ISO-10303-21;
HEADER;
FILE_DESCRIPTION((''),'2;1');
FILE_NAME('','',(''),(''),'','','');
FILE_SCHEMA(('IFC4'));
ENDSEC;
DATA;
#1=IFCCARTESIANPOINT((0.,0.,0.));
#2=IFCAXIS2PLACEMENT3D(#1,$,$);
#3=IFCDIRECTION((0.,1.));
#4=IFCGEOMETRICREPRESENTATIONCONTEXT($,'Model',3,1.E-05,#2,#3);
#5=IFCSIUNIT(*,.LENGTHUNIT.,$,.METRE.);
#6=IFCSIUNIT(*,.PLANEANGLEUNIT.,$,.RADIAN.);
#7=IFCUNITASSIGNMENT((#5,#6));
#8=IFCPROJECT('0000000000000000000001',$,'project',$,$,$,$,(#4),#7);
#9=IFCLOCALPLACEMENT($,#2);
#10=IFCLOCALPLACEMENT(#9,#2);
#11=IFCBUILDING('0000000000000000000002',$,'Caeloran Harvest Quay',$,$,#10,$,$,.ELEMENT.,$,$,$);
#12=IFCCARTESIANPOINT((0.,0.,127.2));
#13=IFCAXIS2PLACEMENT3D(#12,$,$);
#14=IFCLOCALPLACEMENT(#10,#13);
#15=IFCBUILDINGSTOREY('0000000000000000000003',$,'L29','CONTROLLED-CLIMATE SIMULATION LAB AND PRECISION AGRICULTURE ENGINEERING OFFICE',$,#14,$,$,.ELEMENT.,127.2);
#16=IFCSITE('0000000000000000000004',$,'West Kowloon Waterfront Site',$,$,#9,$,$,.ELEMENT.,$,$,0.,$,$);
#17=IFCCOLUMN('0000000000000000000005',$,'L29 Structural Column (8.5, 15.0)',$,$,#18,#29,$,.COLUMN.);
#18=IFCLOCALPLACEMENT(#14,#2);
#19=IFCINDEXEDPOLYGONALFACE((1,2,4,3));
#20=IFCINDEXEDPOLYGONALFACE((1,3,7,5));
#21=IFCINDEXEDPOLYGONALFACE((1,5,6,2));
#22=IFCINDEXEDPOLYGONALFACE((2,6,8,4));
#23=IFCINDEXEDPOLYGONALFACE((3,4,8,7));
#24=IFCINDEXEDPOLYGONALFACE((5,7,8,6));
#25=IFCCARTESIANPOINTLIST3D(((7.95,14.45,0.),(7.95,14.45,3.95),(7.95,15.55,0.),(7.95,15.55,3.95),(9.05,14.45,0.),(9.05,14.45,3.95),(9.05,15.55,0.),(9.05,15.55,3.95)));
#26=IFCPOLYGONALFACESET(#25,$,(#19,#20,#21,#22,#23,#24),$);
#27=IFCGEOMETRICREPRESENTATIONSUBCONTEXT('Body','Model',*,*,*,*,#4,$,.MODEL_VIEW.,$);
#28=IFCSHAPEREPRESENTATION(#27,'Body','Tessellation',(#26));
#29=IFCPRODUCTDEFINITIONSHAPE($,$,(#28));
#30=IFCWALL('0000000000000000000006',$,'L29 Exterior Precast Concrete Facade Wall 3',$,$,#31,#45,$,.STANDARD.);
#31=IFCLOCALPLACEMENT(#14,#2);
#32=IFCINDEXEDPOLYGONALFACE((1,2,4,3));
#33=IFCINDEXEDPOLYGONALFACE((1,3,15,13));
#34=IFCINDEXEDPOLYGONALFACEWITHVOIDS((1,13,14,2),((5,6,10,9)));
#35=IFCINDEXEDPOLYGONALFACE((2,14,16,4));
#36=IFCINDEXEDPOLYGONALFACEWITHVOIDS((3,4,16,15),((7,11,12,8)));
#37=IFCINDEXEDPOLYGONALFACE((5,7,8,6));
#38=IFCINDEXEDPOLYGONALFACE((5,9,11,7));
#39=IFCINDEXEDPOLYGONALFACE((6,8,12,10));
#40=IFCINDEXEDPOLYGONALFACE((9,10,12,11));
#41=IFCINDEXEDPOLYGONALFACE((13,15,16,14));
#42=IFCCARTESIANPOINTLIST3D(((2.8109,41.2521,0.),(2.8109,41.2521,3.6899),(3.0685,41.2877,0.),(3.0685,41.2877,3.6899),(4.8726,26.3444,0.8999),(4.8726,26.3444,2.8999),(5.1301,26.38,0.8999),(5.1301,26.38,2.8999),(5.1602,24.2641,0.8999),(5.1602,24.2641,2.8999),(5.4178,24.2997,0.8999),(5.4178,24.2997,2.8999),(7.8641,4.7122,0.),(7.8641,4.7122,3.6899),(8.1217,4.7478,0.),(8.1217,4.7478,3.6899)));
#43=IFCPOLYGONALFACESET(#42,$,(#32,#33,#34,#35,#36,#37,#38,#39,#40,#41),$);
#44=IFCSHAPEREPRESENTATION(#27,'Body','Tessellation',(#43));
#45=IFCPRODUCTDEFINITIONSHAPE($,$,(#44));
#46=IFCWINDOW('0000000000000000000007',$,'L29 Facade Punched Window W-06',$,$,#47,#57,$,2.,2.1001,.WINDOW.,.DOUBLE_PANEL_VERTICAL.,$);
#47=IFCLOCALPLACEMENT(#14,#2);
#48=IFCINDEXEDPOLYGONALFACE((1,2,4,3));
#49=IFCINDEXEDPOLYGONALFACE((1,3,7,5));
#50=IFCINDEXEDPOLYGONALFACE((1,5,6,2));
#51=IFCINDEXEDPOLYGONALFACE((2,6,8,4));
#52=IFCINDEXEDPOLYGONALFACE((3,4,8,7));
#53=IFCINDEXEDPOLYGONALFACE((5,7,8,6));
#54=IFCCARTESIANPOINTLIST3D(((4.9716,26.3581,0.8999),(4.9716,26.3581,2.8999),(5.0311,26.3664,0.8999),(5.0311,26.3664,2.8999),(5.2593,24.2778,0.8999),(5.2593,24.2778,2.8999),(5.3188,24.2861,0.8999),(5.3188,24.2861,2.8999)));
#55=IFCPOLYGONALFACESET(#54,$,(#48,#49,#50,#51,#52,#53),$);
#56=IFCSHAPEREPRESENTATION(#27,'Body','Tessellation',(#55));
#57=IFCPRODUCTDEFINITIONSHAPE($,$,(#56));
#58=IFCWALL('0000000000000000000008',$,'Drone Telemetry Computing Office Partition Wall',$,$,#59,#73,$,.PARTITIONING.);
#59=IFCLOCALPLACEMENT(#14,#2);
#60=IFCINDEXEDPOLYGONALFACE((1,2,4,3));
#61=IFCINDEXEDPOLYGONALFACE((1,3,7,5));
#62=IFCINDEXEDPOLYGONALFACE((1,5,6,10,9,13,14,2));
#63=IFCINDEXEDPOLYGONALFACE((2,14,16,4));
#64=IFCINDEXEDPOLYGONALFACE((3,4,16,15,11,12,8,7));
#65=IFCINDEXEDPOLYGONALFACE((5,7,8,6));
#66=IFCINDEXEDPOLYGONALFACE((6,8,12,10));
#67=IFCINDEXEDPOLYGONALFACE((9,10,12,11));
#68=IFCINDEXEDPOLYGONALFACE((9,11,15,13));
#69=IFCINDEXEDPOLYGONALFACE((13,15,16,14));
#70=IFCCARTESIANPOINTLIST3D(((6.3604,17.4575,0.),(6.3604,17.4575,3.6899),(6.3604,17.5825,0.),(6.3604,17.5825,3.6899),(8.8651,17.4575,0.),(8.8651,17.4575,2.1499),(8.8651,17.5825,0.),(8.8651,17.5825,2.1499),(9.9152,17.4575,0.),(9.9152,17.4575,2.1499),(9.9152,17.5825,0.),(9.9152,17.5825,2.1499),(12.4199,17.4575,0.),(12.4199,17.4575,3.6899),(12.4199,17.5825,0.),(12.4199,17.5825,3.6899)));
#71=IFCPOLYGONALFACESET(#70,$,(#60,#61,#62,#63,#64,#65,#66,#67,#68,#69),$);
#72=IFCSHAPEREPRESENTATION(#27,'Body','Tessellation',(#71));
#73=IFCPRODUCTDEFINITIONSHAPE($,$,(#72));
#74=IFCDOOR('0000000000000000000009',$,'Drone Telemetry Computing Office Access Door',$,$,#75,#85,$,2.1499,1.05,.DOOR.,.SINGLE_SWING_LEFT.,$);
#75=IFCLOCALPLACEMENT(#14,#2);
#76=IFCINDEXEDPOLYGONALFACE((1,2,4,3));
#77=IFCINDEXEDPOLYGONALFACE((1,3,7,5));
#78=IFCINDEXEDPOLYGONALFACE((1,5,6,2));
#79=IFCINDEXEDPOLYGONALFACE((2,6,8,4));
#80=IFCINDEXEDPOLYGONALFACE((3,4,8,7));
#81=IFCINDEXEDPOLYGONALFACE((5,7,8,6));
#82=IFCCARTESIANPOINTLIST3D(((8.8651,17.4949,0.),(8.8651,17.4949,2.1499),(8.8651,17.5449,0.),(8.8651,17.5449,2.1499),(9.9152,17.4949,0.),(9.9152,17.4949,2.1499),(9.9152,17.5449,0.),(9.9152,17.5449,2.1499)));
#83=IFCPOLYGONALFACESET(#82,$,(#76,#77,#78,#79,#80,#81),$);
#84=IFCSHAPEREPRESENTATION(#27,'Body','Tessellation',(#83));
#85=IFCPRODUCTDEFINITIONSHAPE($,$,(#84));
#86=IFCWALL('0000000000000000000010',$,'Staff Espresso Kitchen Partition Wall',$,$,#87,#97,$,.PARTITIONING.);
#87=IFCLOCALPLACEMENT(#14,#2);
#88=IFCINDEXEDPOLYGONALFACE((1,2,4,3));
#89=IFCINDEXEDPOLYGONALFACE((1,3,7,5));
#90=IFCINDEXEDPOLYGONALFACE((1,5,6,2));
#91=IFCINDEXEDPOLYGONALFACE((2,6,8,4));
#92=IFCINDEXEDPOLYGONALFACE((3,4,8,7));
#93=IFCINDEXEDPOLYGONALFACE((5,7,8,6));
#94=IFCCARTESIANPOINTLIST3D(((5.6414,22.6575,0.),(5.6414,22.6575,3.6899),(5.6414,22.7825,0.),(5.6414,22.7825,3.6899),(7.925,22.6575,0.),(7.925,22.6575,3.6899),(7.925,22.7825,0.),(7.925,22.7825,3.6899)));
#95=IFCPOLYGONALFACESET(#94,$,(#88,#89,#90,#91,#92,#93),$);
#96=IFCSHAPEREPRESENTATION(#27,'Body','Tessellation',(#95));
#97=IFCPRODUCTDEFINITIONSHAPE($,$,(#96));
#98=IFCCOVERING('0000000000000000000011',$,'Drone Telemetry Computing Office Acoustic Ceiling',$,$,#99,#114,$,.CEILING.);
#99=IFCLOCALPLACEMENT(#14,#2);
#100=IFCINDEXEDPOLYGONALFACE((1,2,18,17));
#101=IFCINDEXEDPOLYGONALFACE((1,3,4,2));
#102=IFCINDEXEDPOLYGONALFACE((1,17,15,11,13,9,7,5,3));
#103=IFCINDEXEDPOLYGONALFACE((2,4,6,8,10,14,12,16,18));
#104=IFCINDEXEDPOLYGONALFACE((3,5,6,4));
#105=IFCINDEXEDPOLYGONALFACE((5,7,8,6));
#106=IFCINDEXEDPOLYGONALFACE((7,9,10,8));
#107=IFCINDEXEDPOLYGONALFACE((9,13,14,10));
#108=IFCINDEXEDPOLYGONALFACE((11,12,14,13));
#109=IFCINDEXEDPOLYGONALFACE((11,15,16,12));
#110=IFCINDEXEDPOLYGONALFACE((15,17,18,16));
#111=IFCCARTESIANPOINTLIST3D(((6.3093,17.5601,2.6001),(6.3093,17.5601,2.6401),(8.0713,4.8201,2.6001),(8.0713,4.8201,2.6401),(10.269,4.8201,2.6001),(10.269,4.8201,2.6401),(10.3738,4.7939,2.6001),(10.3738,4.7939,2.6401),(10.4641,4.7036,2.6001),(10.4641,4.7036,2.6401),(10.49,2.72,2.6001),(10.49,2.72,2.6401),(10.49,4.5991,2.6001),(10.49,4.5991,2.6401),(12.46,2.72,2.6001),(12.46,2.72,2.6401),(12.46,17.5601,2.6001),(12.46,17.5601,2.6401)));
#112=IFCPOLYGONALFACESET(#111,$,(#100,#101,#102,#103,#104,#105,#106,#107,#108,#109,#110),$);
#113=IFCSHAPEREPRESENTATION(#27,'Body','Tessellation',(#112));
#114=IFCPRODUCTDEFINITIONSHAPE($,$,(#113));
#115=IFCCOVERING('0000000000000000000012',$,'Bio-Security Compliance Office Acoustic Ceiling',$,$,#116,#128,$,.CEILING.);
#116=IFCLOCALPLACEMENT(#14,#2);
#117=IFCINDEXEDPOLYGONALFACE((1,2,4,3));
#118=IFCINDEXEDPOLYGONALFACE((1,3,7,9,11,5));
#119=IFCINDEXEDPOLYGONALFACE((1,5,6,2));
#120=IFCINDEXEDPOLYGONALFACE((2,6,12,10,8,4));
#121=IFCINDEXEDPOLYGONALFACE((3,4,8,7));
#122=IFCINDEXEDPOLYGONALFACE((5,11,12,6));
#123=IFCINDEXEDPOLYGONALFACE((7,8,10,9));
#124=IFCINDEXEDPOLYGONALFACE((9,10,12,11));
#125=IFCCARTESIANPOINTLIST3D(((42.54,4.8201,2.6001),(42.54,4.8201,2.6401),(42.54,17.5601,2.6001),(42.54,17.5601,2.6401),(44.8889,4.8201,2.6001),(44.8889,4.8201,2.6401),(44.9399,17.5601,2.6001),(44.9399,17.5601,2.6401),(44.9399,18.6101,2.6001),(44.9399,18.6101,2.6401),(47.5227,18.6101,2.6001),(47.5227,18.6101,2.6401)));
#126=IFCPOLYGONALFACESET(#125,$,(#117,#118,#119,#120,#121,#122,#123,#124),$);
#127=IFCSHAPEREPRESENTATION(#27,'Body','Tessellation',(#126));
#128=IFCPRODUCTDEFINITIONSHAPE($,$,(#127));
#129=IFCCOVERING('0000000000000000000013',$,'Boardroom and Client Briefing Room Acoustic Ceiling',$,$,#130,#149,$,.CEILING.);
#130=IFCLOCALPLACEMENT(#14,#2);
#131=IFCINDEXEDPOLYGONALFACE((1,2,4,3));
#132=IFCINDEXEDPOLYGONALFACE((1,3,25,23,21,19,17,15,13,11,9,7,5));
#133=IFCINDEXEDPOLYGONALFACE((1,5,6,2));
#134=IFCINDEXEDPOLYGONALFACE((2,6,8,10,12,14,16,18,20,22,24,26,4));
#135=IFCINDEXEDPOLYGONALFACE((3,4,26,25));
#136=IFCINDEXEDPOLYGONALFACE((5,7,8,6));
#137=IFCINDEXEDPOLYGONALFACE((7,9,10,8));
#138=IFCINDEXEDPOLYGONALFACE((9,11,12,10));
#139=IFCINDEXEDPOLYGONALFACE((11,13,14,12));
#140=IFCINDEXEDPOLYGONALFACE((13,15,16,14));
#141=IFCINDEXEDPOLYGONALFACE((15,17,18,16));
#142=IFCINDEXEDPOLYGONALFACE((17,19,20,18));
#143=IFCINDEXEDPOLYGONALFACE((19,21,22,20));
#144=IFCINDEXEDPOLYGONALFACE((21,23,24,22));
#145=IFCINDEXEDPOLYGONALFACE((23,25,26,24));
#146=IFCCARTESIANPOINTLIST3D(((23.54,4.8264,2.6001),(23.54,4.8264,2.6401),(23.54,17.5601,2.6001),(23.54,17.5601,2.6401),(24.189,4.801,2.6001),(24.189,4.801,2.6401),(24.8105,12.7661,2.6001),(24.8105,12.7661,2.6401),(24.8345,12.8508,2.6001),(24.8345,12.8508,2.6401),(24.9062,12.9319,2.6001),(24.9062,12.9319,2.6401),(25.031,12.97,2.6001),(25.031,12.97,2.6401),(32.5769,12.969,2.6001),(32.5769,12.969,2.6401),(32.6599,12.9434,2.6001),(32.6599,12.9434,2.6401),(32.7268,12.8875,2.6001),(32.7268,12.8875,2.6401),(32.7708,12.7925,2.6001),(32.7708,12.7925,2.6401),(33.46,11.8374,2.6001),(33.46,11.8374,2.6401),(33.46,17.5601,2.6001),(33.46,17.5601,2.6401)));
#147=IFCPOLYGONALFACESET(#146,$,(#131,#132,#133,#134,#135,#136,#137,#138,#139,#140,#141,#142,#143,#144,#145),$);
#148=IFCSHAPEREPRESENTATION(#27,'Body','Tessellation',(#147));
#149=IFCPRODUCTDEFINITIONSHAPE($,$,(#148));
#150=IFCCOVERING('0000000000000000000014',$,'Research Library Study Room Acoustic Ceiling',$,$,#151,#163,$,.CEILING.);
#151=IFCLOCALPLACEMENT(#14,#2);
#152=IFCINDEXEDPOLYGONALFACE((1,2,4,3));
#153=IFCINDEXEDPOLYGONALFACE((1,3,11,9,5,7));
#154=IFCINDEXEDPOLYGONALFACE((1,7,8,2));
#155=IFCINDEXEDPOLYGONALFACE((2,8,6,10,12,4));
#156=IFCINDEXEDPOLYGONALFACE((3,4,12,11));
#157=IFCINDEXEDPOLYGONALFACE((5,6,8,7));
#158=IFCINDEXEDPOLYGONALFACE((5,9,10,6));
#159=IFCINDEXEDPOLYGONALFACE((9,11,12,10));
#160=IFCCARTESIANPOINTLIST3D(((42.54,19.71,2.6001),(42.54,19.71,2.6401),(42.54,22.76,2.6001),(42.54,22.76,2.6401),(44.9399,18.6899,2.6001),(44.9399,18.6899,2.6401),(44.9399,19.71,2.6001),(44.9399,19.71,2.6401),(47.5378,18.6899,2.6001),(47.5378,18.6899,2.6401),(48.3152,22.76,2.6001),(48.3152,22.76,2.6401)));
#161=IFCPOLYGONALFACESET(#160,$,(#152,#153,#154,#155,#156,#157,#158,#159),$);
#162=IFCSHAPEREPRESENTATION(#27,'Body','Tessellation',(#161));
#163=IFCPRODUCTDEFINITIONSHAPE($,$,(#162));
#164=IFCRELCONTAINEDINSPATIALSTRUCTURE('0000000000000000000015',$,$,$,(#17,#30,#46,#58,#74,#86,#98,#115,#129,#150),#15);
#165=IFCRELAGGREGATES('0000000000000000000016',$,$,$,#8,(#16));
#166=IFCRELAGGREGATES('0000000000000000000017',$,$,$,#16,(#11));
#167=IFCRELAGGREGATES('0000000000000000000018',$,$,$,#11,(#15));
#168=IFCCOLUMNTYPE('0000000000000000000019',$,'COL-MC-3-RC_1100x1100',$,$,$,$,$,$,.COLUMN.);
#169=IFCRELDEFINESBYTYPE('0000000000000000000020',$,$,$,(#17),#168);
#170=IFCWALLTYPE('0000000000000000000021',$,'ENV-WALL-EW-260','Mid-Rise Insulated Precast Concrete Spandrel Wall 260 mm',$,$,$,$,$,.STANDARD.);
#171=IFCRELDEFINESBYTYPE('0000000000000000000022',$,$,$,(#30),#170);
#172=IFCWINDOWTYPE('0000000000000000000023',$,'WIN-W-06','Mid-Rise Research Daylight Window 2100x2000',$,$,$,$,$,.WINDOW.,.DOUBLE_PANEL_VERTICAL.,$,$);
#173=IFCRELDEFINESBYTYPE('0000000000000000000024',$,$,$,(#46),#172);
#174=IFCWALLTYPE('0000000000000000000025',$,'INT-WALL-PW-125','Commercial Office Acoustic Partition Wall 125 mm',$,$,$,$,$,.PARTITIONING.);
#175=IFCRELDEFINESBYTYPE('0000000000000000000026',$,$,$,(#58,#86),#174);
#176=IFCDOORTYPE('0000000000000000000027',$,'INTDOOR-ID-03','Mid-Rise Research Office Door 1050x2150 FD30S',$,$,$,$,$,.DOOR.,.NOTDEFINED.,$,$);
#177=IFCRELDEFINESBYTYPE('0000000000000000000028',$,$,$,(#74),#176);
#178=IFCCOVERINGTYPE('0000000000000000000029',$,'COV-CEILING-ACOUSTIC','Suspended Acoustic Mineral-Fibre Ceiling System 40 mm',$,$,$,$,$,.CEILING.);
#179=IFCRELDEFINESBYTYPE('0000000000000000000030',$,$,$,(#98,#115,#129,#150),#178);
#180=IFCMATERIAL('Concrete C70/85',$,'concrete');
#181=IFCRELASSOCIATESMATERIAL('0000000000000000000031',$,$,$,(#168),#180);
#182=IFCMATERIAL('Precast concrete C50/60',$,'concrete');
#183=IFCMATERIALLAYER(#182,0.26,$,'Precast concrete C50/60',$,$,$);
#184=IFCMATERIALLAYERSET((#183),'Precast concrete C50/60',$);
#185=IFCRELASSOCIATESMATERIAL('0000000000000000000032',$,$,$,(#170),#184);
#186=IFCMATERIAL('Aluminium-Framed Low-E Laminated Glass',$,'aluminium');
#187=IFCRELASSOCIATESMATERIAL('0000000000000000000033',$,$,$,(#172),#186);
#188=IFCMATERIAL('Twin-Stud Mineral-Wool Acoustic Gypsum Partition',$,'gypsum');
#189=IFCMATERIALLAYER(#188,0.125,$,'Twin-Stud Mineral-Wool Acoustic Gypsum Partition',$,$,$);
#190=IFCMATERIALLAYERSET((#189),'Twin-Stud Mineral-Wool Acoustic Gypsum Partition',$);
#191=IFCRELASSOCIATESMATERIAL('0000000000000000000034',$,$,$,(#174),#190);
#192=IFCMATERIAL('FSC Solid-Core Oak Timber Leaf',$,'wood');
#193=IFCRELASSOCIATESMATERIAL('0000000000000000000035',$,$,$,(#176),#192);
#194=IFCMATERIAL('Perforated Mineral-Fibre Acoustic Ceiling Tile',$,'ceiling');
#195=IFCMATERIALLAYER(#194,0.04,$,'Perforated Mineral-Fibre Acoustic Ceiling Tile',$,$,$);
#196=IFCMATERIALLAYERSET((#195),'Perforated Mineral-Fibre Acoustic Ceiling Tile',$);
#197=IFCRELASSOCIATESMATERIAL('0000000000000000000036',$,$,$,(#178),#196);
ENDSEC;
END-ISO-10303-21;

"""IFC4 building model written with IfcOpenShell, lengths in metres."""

from ifc_helpers import new_model, si_unit, direction, frame, frame_2d, origin, origin_2d, place, context, subcontext, project, spatial, polyline, rectangle, outline, extrude, material, layer, layer_set, material_profile, profile_set, type_object, element, fill, save


model = new_model("IFC4")

# Units and contexts
model_context = context("Model", 3, precision=1e-05, world=origin(), true_north=direction((0.0, 1.0)))
body_context = subcontext(model_context, "Body", "Model", "MODEL_VIEW")
ifc_project = project(units=[si_unit("LENGTHUNIT", "METRE"), si_unit("PLANEANGLEUNIT", "RADIAN")], contexts=[model_context])

# Site, building, storey
site_placement = place(None, origin())
site = spatial("IfcSite", under=ifc_project, at=site_placement, Name="West Kowloon Waterfront Site", CompositionType="ELEMENT", RefElevation=0.0)
building_placement = place(site_placement, origin())
building = spatial("IfcBuilding", under=site, at=building_placement, Name="Caeloran Harvest Quay", CompositionType="ELEMENT")
storey_placement = place(building_placement, frame((0.0, 0.0, 127.2)))
storey = spatial("IfcBuildingStorey", under=building, at=storey_placement, Name="L29", Description="CONTROLLED-CLIMATE SIMULATION LAB AND PRECISION AGRICULTURE ENGINEERING OFFICE", CompositionType="ELEMENT", Elevation=127.2)

# Column
ifc_material_1 = material(Name="Concrete C70/85", Category="concrete")
ifc_material_profile = material_profile(ifc_material_1, rectangle(XDim=1.1001, YDim=1.1001, at=origin_2d()), Name="RC 1100x1100")
ifc_profile_set = profile_set([ifc_material_profile], Name="Concrete C70/85")
column_type = type_object("IfcColumnType", Name="COL-MC-3-RC_1100x1100", PredefinedType="COLUMN", material=ifc_profile_set)
column_placement = place(storey_placement, frame((8.5, 15.0, 0.0), z_axis=(0.0, 0.0, 1.0), x_axis=(1.0, 0.0, 0.0)))
element("IfcColumn", 1, at=column_placement, inside=storey, type_object=column_type, Name="L29 Structural Column (8.5, 15.0)", PredefinedType="COLUMN", context=body_context, shape_type="SweptSolid", body=[
    extrude(rectangle(XDim=1.1001, YDim=1.1001, at=origin_2d()), origin(), (0.0, 0.0, 1.0), 3.95),
])

# Wall, opening, window
ifc_material_2 = material(Name="Precast concrete C50/60", Category="concrete")
ifc_layer_1 = layer(ifc_material_2, 0.26, Name="Precast concrete C50/60")
ifc_layer_set_1 = layer_set([ifc_layer_1], Name="Precast concrete C50/60")
wall_type_1 = type_object("IfcWallType", Name="ENV-WALL-EW-260", Description="Mid-Rise Insulated Precast Concrete Spandrel Wall 260 mm", PredefinedType="STANDARD", material=ifc_layer_set_1)
wall_1_placement = place(storey_placement, frame((7.9929, 4.73, 0.0), z_axis=(0.0, 0.0, 1.0), x_axis=(-0.136989, 0.990573, 0.0)))
wall_1 = element("IfcWall", 2, at=wall_1_placement, inside=storey, type_object=wall_type_1, Name="L29 Exterior Precast Concrete Facade Wall 3", PredefinedType="STANDARD", context=body_context, shape_type="SweptSolid", body=[
    extrude(rectangle(XDim=36.8877, YDim=0.26, at=frame_2d((18.4438, 0.0))), origin(), (0.0, 0.0, 1.0), 3.6899),
])
opening_1_placement = place(wall_1_placement, frame((19.738, 0.0, 0.8999)))
opening_1 = element("IfcOpeningElement", 3, at=opening_1_placement, cuts=wall_1, PredefinedType="OPENING", context=body_context, shape_type="SweptSolid", body=[
    extrude(rectangle(XDim=2.1001, YDim=2.0, at=frame_2d((1.05, 1.0))), frame((0.0, 0.1401, 0.0), z_axis=(0.0, -1.0, 0.0), x_axis=(1.0, 0.0, 0.0)), (0.0, 0.0, 1.0), 0.28),
])
ifc_material_3 = material(Name="Aluminium-Framed Low-E Laminated Glass", Category="aluminium")
window_type = type_object("IfcWindowType", Name="WIN-W-06", Description="Mid-Rise Research Daylight Window 2100x2000", PartitioningType="DOUBLE_PANEL_VERTICAL", PredefinedType="WINDOW", material=ifc_material_3)
window_placement = place(opening_1_placement, origin())
window = element("IfcWindow", 4, at=window_placement, inside=storey, type_object=window_type, Name="L29 Facade Punched Window W-06", OverallHeight=2.0, OverallWidth=2.1001, PartitioningType="DOUBLE_PANEL_VERTICAL", PredefinedType="WINDOW", context=body_context, shape_type="SweptSolid", body=[
    extrude(rectangle(XDim=2.1001, YDim=2.0, at=frame_2d((1.05, 1.0))), frame((0.0, 0.03, 0.0), z_axis=(0.0, -1.0, 0.0), x_axis=(1.0, 0.0, 0.0)), (0.0, 0.0, 1.0), 0.0601),
])
fill(opening_1, window)

# Wall, opening, door
ifc_material_4 = material(Name="Twin-Stud Mineral-Wool Acoustic Gypsum Partition", Category="gypsum")
ifc_layer_2 = layer(ifc_material_4, 0.125, Name="Twin-Stud Mineral-Wool Acoustic Gypsum Partition")
ifc_layer_set_2 = layer_set([ifc_layer_2], Name="Twin-Stud Mineral-Wool Acoustic Gypsum Partition")
wall_type_2 = type_object("IfcWallType", Name="INT-WALL-PW-125", Description="Commercial Office Acoustic Partition Wall 125 mm", PredefinedType="PARTITIONING", material=ifc_layer_set_2)
wall_2_placement = place(storey_placement, frame((6.3604, 17.52, 0.0), z_axis=(0.0, 0.0, 1.0), x_axis=(1.0, 0.0, 0.0)))
wall_2 = element("IfcWall", 5, at=wall_2_placement, inside=storey, type_object=wall_type_2, Name="Drone Telemetry Computing Office Partition Wall", PredefinedType="PARTITIONING", context=body_context, shape_type="SweptSolid", body=[
    extrude(rectangle(XDim=6.0596, YDim=0.125, at=frame_2d((3.0298, 0.0))), origin(), (0.0, 0.0, 1.0), 3.6899),
])
opening_2_placement = place(wall_2_placement, frame((2.5049, 0.0, 0.0)))
opening_2 = element("IfcOpeningElement", 6, at=opening_2_placement, cuts=wall_2, PredefinedType="OPENING", context=body_context, shape_type="SweptSolid", body=[
    extrude(rectangle(XDim=1.05, YDim=2.1499, at=frame_2d((0.5249, 1.075))), frame((0.0, 0.0725, 0.0), z_axis=(0.0, -1.0, 0.0), x_axis=(1.0, 0.0, 0.0)), (0.0, 0.0, 1.0), 0.145),
])
ifc_material_5 = material(Name="FSC Solid-Core Oak Timber Leaf", Category="wood")
door_type = type_object("IfcDoorType", Name="INTDOOR-ID-03", Description="Mid-Rise Research Office Door 1050x2150 FD30S", OperationType="NOTDEFINED", PredefinedType="DOOR", material=ifc_material_5)
door_placement = place(opening_2_placement, origin())
door = element("IfcDoor", 7, at=door_placement, inside=storey, type_object=door_type, Name="Drone Telemetry Computing Office Access Door", OperationType="SINGLE_SWING_LEFT", OverallHeight=2.1499, OverallWidth=1.05, PredefinedType="DOOR", context=body_context, shape_type="SweptSolid", body=[
    extrude(rectangle(XDim=1.05, YDim=2.1499, at=frame_2d((0.5249, 1.075))), frame((0.0, 0.0249, 0.0), z_axis=(0.0, -1.0, 0.0), x_axis=(1.0, 0.0, 0.0)), (0.0, 0.0, 1.0), 0.05),
])
fill(opening_2, door)

# Wall
wall_3_placement = place(storey_placement, frame((5.6414, 22.72, 0.0), z_axis=(0.0, 0.0, 1.0), x_axis=(1.0, 0.0, 0.0)))
element("IfcWall", 8, at=wall_3_placement, inside=storey, type_object=wall_type_2, Name="Staff Espresso Kitchen Partition Wall", PredefinedType="PARTITIONING", context=body_context, shape_type="SweptSolid", body=[
    extrude(rectangle(XDim=2.2837, YDim=0.125, at=frame_2d((1.1418, 0.0))), origin(), (0.0, 0.0, 1.0), 3.6899),
])

# Coverings
ifc_material_6 = material(Name="Perforated Mineral-Fibre Acoustic Ceiling Tile", Category="ceiling")
ifc_layer_3 = layer(ifc_material_6, 0.04, Name="Perforated Mineral-Fibre Acoustic Ceiling Tile")
ifc_layer_set_3 = layer_set([ifc_layer_3], Name="Perforated Mineral-Fibre Acoustic Ceiling Tile")
covering_type_1 = type_object("IfcCoveringType", Name="COV-CEILING-ACOUSTIC", Description="Suspended Acoustic Mineral-Fibre Ceiling System 40 mm", PredefinedType="CEILING", material=ifc_layer_set_3)
covering_1_placement = place(storey_placement, frame((0.0, 0.0, 2.6001)))
element("IfcCovering", 9, at=covering_1_placement, inside=storey, type_object=covering_type_1, Name="Drone Telemetry Computing Office Acoustic Ceiling", PredefinedType="CEILING", context=body_context, shape_type="SweptSolid", body=[
    extrude(outline(polyline([(10.4641, 4.7036), (10.3738, 4.7939), (10.269, 4.8201), (8.0713, 4.8201), (6.3093, 17.5601), (12.46, 17.5601), (12.46, 2.72), (10.49, 2.72), (10.49, 4.5991), (10.4641, 4.7036)])), origin(), (0.0, 0.0, 1.0), 0.04),
])
covering_2_placement = place(storey_placement, frame((0.0, 0.0, 2.6001)))
element("IfcCovering", 10, at=covering_2_placement, inside=storey, type_object=covering_type_1, Name="Bio-Security Compliance Office Acoustic Ceiling", PredefinedType="CEILING", context=body_context, shape_type="SweptSolid", body=[
    extrude(outline(polyline([(44.9399, 17.5601), (44.9399, 18.6101), (47.5227, 18.6101), (44.8889, 4.8201), (42.54, 4.8201), (42.54, 17.5601), (44.9399, 17.5601)])), origin(), (0.0, 0.0, 1.0), 0.04),
])
covering_3_placement = place(storey_placement, frame((0.0, 0.0, 2.6001)))
element("IfcCovering", 11, at=covering_3_placement, inside=storey, type_object=covering_type_1, Name="Boardroom and Client Briefing Room Acoustic Ceiling", PredefinedType="CEILING", context=body_context, shape_type="SweptSolid", body=[
    extrude(outline(polyline([(33.46, 11.8374), (32.7708, 12.7925), (32.7268, 12.8875), (32.6599, 12.9434), (32.5769, 12.969), (25.031, 12.97), (24.9062, 12.9319), (24.8345, 12.8508), (24.8105, 12.7661), (24.189, 4.801), (23.54, 4.8264), (23.54, 17.5601), (33.46, 17.5601), (33.46, 11.8374)])), origin(), (0.0, 0.0, 1.0), 0.04),
])
covering_4_placement = place(storey_placement, frame((0.0, 0.0, 2.6001)))
element("IfcCovering", 12, at=covering_4_placement, inside=storey, type_object=covering_type_1, Name="Research Library Study Room Acoustic Ceiling", PredefinedType="CEILING", context=body_context, shape_type="SweptSolid", body=[
    extrude(outline(polyline([(44.9399, 19.71), (42.54, 19.71), (42.54, 22.76), (48.3152, 22.76), (47.5378, 18.6899), (44.9399, 18.6899), (44.9399, 19.71)])), origin(), (0.0, 0.0, 1.0), 0.04),
])

save(model, "model.ifc")
